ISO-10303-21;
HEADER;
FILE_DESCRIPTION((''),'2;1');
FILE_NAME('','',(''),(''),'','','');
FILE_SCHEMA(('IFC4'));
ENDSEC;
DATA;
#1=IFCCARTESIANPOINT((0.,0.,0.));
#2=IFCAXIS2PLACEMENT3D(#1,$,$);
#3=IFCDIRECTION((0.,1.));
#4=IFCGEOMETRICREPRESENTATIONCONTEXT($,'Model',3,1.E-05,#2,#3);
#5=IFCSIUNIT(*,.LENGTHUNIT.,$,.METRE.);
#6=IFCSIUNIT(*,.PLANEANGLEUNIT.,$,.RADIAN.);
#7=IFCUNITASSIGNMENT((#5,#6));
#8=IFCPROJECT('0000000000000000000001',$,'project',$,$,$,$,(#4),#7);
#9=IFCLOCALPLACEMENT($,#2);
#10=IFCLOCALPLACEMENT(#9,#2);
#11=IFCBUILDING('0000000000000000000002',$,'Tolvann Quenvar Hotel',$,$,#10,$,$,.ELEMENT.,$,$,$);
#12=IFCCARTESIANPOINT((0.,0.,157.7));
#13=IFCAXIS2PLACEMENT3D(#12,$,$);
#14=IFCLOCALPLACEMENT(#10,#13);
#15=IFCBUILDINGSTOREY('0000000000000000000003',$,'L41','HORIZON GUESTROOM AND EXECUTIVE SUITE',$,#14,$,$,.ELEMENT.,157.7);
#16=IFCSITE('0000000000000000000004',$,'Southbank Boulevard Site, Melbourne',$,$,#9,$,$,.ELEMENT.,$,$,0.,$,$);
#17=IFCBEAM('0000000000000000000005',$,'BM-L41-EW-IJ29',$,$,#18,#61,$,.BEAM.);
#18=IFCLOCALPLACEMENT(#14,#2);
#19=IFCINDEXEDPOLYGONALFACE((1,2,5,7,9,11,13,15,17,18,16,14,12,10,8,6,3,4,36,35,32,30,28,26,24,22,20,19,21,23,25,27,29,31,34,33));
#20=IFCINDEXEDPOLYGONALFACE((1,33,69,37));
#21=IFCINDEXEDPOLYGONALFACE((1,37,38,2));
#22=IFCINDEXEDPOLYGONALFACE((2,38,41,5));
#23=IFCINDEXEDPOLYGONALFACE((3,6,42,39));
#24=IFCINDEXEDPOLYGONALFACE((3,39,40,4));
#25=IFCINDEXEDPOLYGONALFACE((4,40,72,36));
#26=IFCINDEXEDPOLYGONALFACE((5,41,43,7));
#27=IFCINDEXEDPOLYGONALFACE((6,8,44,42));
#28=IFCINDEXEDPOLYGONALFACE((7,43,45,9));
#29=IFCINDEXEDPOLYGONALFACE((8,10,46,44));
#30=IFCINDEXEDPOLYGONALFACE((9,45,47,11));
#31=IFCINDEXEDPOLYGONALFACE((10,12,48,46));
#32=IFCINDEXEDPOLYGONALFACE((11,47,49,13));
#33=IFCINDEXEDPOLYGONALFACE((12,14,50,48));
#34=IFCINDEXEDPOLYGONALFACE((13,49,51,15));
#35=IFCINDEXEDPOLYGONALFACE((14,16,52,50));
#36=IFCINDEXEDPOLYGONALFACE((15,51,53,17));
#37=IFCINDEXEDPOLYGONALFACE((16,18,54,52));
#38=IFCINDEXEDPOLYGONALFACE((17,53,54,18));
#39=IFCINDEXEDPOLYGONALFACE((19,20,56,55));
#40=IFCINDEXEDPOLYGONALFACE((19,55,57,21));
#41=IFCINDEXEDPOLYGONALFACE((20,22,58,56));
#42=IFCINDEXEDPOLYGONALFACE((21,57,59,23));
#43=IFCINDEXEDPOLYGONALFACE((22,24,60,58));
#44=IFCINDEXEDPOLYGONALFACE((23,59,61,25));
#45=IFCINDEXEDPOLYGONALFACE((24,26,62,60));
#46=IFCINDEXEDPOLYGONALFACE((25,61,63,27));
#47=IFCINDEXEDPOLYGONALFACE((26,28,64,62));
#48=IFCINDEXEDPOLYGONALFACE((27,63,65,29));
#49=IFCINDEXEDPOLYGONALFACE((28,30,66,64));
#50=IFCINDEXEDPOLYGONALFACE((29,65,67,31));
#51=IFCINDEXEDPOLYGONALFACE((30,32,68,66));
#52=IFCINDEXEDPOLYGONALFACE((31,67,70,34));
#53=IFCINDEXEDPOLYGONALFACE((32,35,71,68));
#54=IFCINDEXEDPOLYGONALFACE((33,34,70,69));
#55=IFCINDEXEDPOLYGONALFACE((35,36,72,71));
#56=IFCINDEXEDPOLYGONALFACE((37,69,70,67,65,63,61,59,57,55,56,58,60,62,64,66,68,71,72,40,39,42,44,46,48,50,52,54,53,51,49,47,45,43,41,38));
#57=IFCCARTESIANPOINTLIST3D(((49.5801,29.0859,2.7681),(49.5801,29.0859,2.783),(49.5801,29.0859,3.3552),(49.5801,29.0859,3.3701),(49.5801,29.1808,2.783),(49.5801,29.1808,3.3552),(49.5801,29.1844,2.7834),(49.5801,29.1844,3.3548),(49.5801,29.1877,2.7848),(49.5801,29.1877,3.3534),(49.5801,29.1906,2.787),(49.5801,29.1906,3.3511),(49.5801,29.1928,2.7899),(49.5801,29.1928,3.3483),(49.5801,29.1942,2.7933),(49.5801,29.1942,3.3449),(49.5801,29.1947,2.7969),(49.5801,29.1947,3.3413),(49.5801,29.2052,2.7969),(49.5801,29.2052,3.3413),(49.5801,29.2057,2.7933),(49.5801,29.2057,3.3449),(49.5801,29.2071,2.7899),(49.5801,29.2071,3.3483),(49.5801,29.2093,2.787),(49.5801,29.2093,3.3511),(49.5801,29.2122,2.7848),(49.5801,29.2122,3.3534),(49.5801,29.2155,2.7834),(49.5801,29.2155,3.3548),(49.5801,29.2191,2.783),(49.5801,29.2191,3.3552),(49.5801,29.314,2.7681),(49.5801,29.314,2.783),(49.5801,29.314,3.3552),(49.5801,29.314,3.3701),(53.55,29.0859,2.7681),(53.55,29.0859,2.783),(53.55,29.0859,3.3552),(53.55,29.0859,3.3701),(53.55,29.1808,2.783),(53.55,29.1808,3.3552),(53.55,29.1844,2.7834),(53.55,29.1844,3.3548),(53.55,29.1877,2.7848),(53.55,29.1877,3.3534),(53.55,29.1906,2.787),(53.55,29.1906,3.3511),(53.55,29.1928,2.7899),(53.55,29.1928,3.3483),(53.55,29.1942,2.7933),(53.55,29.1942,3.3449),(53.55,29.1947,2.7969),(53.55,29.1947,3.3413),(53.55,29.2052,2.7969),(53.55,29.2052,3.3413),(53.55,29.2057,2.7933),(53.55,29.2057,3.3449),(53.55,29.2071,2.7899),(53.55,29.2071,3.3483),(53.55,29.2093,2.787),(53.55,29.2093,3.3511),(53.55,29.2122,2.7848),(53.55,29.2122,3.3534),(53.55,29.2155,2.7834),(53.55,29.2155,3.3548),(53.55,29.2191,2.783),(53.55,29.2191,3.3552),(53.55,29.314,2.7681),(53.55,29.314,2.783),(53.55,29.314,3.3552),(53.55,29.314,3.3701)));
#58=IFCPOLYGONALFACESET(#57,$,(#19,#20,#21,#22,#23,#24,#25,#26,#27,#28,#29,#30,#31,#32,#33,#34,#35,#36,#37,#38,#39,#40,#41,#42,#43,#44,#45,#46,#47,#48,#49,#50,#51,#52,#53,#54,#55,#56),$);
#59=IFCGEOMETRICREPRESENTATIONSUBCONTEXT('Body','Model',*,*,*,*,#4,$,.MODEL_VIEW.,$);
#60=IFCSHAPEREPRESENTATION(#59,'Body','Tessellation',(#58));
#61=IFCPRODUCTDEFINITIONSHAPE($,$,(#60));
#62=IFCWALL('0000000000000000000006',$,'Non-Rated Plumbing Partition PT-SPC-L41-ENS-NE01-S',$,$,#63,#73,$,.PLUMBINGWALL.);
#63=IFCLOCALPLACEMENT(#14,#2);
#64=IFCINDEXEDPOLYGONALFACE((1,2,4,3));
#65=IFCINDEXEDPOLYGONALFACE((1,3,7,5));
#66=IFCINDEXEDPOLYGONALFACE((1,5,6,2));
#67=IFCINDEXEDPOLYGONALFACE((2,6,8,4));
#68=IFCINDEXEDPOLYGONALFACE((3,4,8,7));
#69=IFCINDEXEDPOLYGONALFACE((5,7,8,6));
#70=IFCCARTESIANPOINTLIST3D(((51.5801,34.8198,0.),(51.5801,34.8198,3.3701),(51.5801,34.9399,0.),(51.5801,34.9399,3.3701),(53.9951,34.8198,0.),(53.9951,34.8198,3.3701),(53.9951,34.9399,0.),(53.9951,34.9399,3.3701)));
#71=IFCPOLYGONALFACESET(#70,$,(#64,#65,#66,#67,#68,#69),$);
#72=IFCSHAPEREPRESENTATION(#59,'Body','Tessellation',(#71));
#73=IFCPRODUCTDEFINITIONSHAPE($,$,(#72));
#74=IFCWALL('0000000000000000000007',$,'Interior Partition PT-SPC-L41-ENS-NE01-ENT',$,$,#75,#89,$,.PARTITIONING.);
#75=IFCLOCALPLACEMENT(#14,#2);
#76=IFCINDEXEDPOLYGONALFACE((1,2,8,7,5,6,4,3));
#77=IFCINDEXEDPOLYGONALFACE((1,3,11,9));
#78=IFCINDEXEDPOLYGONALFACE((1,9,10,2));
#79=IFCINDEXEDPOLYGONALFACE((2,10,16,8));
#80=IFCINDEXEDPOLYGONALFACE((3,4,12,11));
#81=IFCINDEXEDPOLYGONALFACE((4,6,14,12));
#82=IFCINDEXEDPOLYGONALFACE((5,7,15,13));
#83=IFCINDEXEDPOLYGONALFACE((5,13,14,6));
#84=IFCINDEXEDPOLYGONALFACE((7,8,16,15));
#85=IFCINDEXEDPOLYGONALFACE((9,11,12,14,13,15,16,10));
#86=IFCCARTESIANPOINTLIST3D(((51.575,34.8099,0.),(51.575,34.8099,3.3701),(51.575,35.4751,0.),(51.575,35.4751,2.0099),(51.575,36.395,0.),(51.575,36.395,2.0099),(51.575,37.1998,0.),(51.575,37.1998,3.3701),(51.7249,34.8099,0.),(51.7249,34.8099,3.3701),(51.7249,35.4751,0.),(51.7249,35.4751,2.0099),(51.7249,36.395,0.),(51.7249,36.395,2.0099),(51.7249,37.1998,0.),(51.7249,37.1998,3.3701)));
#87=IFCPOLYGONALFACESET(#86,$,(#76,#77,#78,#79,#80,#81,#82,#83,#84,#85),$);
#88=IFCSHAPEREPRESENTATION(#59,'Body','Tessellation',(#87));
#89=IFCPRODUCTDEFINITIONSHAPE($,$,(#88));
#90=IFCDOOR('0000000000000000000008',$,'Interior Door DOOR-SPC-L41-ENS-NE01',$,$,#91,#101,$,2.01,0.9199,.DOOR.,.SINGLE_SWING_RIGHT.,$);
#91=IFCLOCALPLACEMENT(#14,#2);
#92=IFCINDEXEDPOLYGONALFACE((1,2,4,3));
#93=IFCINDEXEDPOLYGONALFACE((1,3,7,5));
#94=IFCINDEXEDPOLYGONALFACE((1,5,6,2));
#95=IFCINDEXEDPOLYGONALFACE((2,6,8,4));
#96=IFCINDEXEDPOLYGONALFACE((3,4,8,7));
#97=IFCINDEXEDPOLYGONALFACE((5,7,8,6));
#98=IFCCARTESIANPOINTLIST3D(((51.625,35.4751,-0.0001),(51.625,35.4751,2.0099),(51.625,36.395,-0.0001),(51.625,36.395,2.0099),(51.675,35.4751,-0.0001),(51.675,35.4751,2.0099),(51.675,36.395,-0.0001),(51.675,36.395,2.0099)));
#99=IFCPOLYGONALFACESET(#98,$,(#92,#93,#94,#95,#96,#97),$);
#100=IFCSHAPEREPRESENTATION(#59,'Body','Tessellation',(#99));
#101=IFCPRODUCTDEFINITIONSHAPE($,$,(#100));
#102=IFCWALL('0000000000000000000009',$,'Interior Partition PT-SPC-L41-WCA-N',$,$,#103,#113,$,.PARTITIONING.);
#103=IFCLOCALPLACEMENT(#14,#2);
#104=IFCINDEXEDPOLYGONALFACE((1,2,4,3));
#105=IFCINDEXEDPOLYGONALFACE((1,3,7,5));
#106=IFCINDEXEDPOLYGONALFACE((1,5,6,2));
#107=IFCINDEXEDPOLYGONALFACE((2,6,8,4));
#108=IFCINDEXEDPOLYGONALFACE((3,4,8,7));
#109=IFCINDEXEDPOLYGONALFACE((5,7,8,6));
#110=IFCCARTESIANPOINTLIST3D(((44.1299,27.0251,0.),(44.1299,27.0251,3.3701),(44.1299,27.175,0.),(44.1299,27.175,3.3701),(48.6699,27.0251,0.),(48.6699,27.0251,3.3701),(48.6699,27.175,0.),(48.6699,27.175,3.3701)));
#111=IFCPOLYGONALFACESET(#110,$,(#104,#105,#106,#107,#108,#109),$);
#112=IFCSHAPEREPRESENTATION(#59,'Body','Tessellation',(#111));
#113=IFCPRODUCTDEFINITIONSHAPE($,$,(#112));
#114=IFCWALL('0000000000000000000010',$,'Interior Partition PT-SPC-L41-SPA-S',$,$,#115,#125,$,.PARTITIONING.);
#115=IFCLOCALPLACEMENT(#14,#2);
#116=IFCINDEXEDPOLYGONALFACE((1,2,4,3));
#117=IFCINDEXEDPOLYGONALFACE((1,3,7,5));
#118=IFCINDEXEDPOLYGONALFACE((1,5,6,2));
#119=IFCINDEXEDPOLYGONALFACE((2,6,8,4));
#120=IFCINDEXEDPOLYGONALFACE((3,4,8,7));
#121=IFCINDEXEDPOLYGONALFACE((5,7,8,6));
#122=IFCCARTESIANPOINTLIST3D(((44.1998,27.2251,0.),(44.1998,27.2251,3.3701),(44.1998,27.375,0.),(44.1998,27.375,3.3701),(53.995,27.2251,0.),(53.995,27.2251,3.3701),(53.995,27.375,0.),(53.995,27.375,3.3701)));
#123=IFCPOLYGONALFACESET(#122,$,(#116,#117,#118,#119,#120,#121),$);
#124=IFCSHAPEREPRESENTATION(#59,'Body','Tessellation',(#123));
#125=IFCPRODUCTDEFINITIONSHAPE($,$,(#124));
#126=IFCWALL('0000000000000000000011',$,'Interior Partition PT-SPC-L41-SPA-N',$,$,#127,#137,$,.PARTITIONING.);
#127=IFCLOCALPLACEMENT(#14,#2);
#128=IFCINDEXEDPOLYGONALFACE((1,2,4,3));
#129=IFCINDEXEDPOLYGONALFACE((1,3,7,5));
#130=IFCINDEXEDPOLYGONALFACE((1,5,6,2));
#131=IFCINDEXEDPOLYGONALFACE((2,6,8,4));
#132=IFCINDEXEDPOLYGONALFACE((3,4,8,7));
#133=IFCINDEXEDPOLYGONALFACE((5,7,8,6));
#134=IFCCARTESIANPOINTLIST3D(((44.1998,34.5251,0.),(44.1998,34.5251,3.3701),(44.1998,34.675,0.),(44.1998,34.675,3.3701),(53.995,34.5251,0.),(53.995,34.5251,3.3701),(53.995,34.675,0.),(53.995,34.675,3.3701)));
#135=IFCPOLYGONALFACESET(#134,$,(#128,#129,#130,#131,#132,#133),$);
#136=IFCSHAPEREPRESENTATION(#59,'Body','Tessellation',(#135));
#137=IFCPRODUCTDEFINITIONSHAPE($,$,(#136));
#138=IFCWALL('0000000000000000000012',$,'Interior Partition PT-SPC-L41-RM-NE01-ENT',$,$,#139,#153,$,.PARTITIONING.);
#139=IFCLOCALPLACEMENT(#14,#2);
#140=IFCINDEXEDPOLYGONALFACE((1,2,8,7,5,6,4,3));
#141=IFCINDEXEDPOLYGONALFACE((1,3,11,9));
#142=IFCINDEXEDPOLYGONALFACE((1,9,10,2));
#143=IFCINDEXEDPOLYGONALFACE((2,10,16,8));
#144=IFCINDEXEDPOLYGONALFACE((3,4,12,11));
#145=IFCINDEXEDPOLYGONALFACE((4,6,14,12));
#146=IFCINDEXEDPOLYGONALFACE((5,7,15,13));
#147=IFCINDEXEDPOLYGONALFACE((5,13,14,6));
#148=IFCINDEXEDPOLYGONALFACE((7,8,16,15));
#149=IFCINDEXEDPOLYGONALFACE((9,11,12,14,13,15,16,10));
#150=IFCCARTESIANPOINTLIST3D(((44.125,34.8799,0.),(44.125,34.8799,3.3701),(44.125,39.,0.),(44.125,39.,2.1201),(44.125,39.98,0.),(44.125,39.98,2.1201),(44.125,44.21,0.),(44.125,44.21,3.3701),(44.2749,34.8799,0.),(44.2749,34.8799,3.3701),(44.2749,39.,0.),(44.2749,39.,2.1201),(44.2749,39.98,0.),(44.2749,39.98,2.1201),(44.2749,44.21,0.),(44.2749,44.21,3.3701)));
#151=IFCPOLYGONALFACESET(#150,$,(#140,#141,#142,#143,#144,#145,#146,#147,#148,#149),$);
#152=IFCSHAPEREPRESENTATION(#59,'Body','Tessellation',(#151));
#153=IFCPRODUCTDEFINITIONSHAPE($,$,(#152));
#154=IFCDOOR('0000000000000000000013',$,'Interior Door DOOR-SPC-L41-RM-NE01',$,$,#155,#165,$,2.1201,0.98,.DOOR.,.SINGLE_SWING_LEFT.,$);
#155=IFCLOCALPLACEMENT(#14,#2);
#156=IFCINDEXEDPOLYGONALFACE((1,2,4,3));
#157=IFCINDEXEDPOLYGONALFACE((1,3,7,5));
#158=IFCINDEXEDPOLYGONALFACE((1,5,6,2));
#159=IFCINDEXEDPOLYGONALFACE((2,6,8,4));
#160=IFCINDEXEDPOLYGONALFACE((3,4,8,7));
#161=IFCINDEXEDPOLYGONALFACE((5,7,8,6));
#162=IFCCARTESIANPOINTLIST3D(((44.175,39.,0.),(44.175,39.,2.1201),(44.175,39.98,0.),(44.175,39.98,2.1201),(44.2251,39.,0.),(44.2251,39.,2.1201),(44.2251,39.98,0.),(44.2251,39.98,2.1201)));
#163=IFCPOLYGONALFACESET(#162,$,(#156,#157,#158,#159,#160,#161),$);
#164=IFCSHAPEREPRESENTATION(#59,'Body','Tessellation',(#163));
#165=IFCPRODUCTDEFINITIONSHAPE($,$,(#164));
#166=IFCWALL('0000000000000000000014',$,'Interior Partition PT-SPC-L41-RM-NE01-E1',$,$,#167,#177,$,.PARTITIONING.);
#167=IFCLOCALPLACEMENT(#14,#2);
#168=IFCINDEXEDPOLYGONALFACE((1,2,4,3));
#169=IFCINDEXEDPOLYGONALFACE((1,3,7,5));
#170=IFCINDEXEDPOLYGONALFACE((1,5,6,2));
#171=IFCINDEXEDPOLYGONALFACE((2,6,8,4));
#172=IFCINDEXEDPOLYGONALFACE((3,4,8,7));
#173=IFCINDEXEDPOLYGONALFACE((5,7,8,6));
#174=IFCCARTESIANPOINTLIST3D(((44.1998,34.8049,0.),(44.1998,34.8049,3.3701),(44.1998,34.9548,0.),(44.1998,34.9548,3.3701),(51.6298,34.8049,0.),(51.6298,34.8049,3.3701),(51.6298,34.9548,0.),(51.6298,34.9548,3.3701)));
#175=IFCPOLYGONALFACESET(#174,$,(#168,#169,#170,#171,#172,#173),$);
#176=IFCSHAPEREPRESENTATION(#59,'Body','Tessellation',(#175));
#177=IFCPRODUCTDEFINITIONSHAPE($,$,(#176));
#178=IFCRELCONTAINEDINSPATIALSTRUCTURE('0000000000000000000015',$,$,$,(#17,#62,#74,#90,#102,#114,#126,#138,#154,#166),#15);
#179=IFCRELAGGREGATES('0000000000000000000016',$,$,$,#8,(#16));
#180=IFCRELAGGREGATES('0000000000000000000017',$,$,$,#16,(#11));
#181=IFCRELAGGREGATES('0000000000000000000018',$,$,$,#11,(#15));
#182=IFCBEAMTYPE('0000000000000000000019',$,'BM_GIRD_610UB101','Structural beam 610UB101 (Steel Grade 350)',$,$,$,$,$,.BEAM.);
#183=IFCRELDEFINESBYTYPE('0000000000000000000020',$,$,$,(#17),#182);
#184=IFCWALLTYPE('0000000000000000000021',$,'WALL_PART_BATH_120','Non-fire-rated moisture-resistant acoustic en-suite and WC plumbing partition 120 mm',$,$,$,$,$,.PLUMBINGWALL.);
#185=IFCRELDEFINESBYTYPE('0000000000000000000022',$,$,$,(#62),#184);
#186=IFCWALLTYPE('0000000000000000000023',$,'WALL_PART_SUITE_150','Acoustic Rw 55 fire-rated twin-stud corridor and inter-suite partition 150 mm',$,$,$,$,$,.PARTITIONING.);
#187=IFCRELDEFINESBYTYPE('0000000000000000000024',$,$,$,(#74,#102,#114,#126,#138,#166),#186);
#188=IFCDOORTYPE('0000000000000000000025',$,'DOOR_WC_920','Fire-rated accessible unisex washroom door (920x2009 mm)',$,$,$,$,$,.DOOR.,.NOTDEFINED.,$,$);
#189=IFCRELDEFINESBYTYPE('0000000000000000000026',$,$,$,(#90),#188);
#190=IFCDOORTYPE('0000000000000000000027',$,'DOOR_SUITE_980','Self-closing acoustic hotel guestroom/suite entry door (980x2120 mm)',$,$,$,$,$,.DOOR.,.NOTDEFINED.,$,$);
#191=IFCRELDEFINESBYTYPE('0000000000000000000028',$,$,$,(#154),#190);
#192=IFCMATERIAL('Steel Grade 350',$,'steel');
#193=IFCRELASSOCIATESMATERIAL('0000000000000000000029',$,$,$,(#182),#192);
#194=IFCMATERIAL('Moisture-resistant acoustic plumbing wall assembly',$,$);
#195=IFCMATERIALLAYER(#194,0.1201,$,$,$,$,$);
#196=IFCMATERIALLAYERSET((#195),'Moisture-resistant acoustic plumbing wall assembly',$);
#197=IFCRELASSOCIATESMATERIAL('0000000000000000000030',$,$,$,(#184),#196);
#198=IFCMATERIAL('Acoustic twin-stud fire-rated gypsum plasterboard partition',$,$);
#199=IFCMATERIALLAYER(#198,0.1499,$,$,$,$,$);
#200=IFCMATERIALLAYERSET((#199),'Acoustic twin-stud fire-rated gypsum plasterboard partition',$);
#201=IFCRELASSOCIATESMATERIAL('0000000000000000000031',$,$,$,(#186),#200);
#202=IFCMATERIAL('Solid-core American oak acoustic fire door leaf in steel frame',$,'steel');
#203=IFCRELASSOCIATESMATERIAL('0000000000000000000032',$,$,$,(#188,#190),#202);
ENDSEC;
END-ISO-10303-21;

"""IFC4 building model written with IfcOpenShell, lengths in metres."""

from ifc_helpers import new_model, si_unit, direction, frame, frame_2d, origin, origin_2d, place, context, subcontext, project, spatial, rectangle, i_section, extrude, source, transform, mapped, material, layer, layer_set, material_profile, profile_set, type_object, type_shapes, element, fill, save


model = new_model("IFC4")

# Units and contexts
model_context = context("Model", 3, precision=1e-05, world=origin(), true_north=direction((0.0, 1.0)))
body_context = subcontext(model_context, "Body", "Model", "MODEL_VIEW")
ifc_project = project(units=[si_unit("LENGTHUNIT", "METRE"), si_unit("PLANEANGLEUNIT", "RADIAN")], contexts=[model_context])

# Site, building, storey
site_placement = place(None, origin())
site = spatial("IfcSite", under=ifc_project, at=site_placement, Name="Southbank Boulevard Site, Melbourne", CompositionType="ELEMENT", RefElevation=0.0)
building_placement = place(site_placement, origin())
building = spatial("IfcBuilding", under=site, at=building_placement, Name="Tolvann Quenvar Hotel", CompositionType="ELEMENT")
storey_placement = place(building_placement, frame((0.0, 0.0, 157.7)))
storey = spatial("IfcBuildingStorey", under=building, at=storey_placement, Name="L41", Description="HORIZON GUESTROOM AND EXECUTIVE SUITE", CompositionType="ELEMENT", Elevation=157.7)

# Beam
ifc_material_1 = material(Name="Steel Grade 350", Category="steel")
ifc_material_profile_1 = material_profile(ifc_material_1, i_section(OverallWidth=0.228, OverallDepth=0.6021, WebThickness=0.0105, FlangeThickness=0.0149, FilletRadius=0.0139, at=origin_2d()), Name="610UB101")
ifc_profile_set_1 = profile_set([ifc_material_profile_1], Name="Steel Grade 350")
beam_type_1 = type_object("IfcBeamType", Name="BM_GIRD_610UB101", Description="Structural beam 610UB101 (Steel Grade 350)", PredefinedType="BEAM", material=ifc_profile_set_1)
shared_shape_1 = source(origin(), body_context, "Body", "SweptSolid", [
    extrude(i_section(OverallWidth=0.228, OverallDepth=0.6021, WebThickness=0.0105, FlangeThickness=0.0149, FilletRadius=0.0139, at=origin_2d()), origin(), (0.0, 0.0, 1.0), 3.97),
])
beam_1_placement = place(storey_placement, frame((49.5801, 29.2, 3.0691), z_axis=(1.0, 0.0, 0.0), x_axis=(0.0, 1.0, 0.0)))
element("IfcBeam", 1, at=beam_1_placement, inside=storey, type_object=beam_type_1, Name="BM-L41-EW-IJ29", PredefinedType="BEAM", context=body_context, shape_type="MappedRepresentation", body=[
    mapped(shared_shape_1, transform((0.0, 0.0, 0.0), x_axis=(1.0, 0.0, 0.0), y_axis=(0.0, 1.0, 0.0), z_axis=(0.0, 0.0, 1.0), scale=1.0)),
])

# Wall
ifc_material_2 = material(Name="Moisture-resistant acoustic plumbing wall assembly")
ifc_layer_1 = layer(ifc_material_2, 0.1201)
ifc_layer_set_1 = layer_set([ifc_layer_1], Name="Moisture-resistant acoustic plumbing wall assembly")
wall_type_1 = type_object("IfcWallType", Name="WALL_PART_BATH_120", Description="Non-fire-rated moisture-resistant acoustic en-suite and WC plumbing partition 120 mm", PredefinedType="PLUMBINGWALL", material=ifc_layer_set_1)
wall_1_placement = place(storey_placement, frame((51.5801, 34.8799, 0.0), z_axis=(0.0, 0.0, 1.0), x_axis=(1.0, 0.0, 0.0)))
element("IfcWall", 2, at=wall_1_placement, inside=storey, type_object=wall_type_1, Name="Non-Rated Plumbing Partition PT-SPC-L41-ENS-NE01-S", PredefinedType="PLUMBINGWALL", context=body_context, shape_type="SweptSolid", body=[
    extrude(rectangle(XDim=2.415, YDim=0.1201, at=frame_2d((1.2075, 0.0))), origin(), (0.0, 0.0, 1.0), 3.3701),
])

# Wall, opening, door
ifc_material_3 = material(Name="Acoustic twin-stud fire-rated gypsum plasterboard partition")
ifc_layer_2 = layer(ifc_material_3, 0.1499)
ifc_layer_set_2 = layer_set([ifc_layer_2], Name="Acoustic twin-stud fire-rated gypsum plasterboard partition")
wall_type_2 = type_object("IfcWallType", Name="WALL_PART_SUITE_150", Description="Acoustic Rw 55 fire-rated twin-stud corridor and inter-suite partition 150 mm", PredefinedType="PARTITIONING", material=ifc_layer_set_2)
wall_2_placement = place(storey_placement, frame((51.6499, 34.8101, 0.0), z_axis=(0.0, 0.0, 1.0), x_axis=(0.0, 1.0, 0.0)))
wall_2 = element("IfcWall", 3, at=wall_2_placement, inside=storey, type_object=wall_type_2, Name="Interior Partition PT-SPC-L41-ENS-NE01-ENT", PredefinedType="PARTITIONING", context=body_context, shape_type="SweptSolid", body=[
    extrude(rectangle(XDim=2.3899, YDim=0.1499, at=frame_2d((1.1948, 0.0))), origin(), (0.0, 0.0, 1.0), 3.3701),
])
opening_1_placement = place(wall_2_placement, frame((0.665, 0.0, 0.0)))
opening_1 = element("IfcOpeningElement", 4, at=opening_1_placement, cuts=wall_2, PredefinedType="OPENING", context=body_context, shape_type="SweptSolid", body=[
    extrude(rectangle(XDim=0.9199, YDim=2.01, at=frame_2d((0.46, 1.0049))), frame((0.0, 0.085, 0.0), z_axis=(0.0, -1.0, 0.0), x_axis=(1.0, 0.0, 0.0)), (0.0, 0.0, 1.0), 0.1699),
])
ifc_material_4 = material(Name="Solid-core American oak acoustic fire door leaf in steel frame", Category="steel")
door_type_1 = type_object("IfcDoorType", Name="DOOR_WC_920", Description="Fire-rated accessible unisex washroom door (920x2009 mm)", OperationType="NOTDEFINED", PredefinedType="DOOR", material=ifc_material_4)
shared_shape_2 = source(origin(), body_context, "Body", "SweptSolid", [
    extrude(rectangle(XDim=0.9199, YDim=2.01, at=frame_2d((0.46, 1.0049))), frame((0.0, 0.0249, 0.0), z_axis=(0.0, -1.0, 0.0), x_axis=(1.0, 0.0, 0.0)), (0.0, 0.0, 1.0), 0.05),
])
type_shapes(door_type_1, [shared_shape_2])
door_1_placement = place(opening_1_placement, origin())
door_1 = element("IfcDoor", 5, at=door_1_placement, inside=storey, type_object=door_type_1, Name="Interior Door DOOR-SPC-L41-ENS-NE01", OperationType="SINGLE_SWING_RIGHT", OverallHeight=2.01, OverallWidth=0.9199, PredefinedType="DOOR", context=body_context, shape_type="MappedRepresentation", body=[
    mapped(shared_shape_2, transform((0.0, 0.0, 0.0), x_axis=(1.0, 0.0, 0.0), y_axis=(0.0, 1.0, 0.0), z_axis=(0.0, 0.0, 1.0), scale=1.0)),
])
fill(opening_1, door_1)

# Walls
wall_3_placement = place(storey_placement, frame((44.1299, 27.1001, 0.0), z_axis=(0.0, 0.0, 1.0), x_axis=(1.0, 0.0, 0.0)))
element("IfcWall", 6, at=wall_3_placement, inside=storey, type_object=wall_type_2, Name="Interior Partition PT-SPC-L41-WCA-N", PredefinedType="PARTITIONING", context=body_context, shape_type="SweptSolid", body=[
    extrude(rectangle(XDim=4.54, YDim=0.1499, at=frame_2d((2.27, 0.0))), origin(), (0.0, 0.0, 1.0), 3.3701),
])
for number, where, z_axis, x_axis, name in (
    (7, (44.2, 27.3, 0.0), (0.0, 0.0, 1.0), (1.0, 0.0, 0.0), "Interior Partition PT-SPC-L41-SPA-S"),
    (8, (44.2, 34.6001, 0.0), (0.0, 0.0, 1.0), (1.0, 0.0, 0.0), "Interior Partition PT-SPC-L41-SPA-N"),
):
    element("IfcWall", number, at=place(storey_placement, frame(where, z_axis=z_axis, x_axis=x_axis)), inside=storey, type_object=wall_type_2, Name=name, PredefinedType="PARTITIONING", context=body_context, shape_type="SweptSolid", body=[
        extrude(rectangle(XDim=9.7952, YDim=0.1499, at=frame_2d((4.8975, 0.0))), origin(), (0.0, 0.0, 1.0), 3.3701),
    ])

# Wall, opening, door
wall_4_placement = place(storey_placement, frame((44.2, 34.8799, 0.0), z_axis=(0.0, 0.0, 1.0), x_axis=(0.0, 1.0, 0.0)))
wall_4 = element("IfcWall", 9, at=wall_4_placement, inside=storey, type_object=wall_type_2, Name="Interior Partition PT-SPC-L41-RM-NE01-ENT", PredefinedType="PARTITIONING", context=body_context, shape_type="SweptSolid", body=[
    extrude(rectangle(XDim=9.3301, YDim=0.1499, at=frame_2d((4.665, 0.0))), origin(), (0.0, 0.0, 1.0), 3.3701),
])
opening_2_placement = place(wall_4_placement, frame((4.1201, 0.0, 0.0)))
opening_2 = element("IfcOpeningElement", 10, at=opening_2_placement, cuts=wall_4, PredefinedType="OPENING", context=body_context, shape_type="SweptSolid", body=[
    extrude(rectangle(XDim=0.98, YDim=2.1201, at=frame_2d((0.49, 1.0601))), frame((0.0, 0.085, 0.0), z_axis=(0.0, -1.0, 0.0), x_axis=(1.0, 0.0, 0.0)), (0.0, 0.0, 1.0), 0.1699),
])
door_type_2 = type_object("IfcDoorType", Name="DOOR_SUITE_980", Description="Self-closing acoustic hotel guestroom/suite entry door (980x2120 mm)", OperationType="NOTDEFINED", PredefinedType="DOOR", material=ifc_material_4)
shared_shape_3 = source(origin(), body_context, "Body", "SweptSolid", [
    extrude(rectangle(XDim=0.98, YDim=2.1201, at=frame_2d((0.49, 1.0601))), frame((0.0, 0.0249, 0.0), z_axis=(0.0, -1.0, 0.0), x_axis=(1.0, 0.0, 0.0)), (0.0, 0.0, 1.0), 0.05),
])
type_shapes(door_type_2, [shared_shape_3])
door_2_placement = place(opening_2_placement, origin())
door_2 = element("IfcDoor", 11, at=door_2_placement, inside=storey, type_object=door_type_2, Name="Interior Door DOOR-SPC-L41-RM-NE01", OperationType="SINGLE_SWING_LEFT", OverallHeight=2.1201, OverallWidth=0.98, PredefinedType="DOOR", context=body_context, shape_type="MappedRepresentation", body=[
    mapped(shared_shape_3, transform((0.0, 0.0, 0.0), x_axis=(1.0, 0.0, 0.0), y_axis=(0.0, 1.0, 0.0), z_axis=(0.0, 0.0, 1.0), scale=1.0)),
])
fill(opening_2, door_2)

# Wall
wall_5_placement = place(storey_placement, frame((44.2, 34.8799, 0.0), z_axis=(0.0, 0.0, 1.0), x_axis=(1.0, 0.0, 0.0)))
element("IfcWall", 12, at=wall_5_placement, inside=storey, type_object=wall_type_2, Name="Interior Partition PT-SPC-L41-RM-NE01-E1", PredefinedType="PARTITIONING", context=body_context, shape_type="SweptSolid", body=[
    extrude(rectangle(XDim=7.4299, YDim=0.1499, at=frame_2d((3.7148, 0.0))), origin(), (0.0, 0.0, 1.0), 3.3701),
])

save(model, "model.ifc")
